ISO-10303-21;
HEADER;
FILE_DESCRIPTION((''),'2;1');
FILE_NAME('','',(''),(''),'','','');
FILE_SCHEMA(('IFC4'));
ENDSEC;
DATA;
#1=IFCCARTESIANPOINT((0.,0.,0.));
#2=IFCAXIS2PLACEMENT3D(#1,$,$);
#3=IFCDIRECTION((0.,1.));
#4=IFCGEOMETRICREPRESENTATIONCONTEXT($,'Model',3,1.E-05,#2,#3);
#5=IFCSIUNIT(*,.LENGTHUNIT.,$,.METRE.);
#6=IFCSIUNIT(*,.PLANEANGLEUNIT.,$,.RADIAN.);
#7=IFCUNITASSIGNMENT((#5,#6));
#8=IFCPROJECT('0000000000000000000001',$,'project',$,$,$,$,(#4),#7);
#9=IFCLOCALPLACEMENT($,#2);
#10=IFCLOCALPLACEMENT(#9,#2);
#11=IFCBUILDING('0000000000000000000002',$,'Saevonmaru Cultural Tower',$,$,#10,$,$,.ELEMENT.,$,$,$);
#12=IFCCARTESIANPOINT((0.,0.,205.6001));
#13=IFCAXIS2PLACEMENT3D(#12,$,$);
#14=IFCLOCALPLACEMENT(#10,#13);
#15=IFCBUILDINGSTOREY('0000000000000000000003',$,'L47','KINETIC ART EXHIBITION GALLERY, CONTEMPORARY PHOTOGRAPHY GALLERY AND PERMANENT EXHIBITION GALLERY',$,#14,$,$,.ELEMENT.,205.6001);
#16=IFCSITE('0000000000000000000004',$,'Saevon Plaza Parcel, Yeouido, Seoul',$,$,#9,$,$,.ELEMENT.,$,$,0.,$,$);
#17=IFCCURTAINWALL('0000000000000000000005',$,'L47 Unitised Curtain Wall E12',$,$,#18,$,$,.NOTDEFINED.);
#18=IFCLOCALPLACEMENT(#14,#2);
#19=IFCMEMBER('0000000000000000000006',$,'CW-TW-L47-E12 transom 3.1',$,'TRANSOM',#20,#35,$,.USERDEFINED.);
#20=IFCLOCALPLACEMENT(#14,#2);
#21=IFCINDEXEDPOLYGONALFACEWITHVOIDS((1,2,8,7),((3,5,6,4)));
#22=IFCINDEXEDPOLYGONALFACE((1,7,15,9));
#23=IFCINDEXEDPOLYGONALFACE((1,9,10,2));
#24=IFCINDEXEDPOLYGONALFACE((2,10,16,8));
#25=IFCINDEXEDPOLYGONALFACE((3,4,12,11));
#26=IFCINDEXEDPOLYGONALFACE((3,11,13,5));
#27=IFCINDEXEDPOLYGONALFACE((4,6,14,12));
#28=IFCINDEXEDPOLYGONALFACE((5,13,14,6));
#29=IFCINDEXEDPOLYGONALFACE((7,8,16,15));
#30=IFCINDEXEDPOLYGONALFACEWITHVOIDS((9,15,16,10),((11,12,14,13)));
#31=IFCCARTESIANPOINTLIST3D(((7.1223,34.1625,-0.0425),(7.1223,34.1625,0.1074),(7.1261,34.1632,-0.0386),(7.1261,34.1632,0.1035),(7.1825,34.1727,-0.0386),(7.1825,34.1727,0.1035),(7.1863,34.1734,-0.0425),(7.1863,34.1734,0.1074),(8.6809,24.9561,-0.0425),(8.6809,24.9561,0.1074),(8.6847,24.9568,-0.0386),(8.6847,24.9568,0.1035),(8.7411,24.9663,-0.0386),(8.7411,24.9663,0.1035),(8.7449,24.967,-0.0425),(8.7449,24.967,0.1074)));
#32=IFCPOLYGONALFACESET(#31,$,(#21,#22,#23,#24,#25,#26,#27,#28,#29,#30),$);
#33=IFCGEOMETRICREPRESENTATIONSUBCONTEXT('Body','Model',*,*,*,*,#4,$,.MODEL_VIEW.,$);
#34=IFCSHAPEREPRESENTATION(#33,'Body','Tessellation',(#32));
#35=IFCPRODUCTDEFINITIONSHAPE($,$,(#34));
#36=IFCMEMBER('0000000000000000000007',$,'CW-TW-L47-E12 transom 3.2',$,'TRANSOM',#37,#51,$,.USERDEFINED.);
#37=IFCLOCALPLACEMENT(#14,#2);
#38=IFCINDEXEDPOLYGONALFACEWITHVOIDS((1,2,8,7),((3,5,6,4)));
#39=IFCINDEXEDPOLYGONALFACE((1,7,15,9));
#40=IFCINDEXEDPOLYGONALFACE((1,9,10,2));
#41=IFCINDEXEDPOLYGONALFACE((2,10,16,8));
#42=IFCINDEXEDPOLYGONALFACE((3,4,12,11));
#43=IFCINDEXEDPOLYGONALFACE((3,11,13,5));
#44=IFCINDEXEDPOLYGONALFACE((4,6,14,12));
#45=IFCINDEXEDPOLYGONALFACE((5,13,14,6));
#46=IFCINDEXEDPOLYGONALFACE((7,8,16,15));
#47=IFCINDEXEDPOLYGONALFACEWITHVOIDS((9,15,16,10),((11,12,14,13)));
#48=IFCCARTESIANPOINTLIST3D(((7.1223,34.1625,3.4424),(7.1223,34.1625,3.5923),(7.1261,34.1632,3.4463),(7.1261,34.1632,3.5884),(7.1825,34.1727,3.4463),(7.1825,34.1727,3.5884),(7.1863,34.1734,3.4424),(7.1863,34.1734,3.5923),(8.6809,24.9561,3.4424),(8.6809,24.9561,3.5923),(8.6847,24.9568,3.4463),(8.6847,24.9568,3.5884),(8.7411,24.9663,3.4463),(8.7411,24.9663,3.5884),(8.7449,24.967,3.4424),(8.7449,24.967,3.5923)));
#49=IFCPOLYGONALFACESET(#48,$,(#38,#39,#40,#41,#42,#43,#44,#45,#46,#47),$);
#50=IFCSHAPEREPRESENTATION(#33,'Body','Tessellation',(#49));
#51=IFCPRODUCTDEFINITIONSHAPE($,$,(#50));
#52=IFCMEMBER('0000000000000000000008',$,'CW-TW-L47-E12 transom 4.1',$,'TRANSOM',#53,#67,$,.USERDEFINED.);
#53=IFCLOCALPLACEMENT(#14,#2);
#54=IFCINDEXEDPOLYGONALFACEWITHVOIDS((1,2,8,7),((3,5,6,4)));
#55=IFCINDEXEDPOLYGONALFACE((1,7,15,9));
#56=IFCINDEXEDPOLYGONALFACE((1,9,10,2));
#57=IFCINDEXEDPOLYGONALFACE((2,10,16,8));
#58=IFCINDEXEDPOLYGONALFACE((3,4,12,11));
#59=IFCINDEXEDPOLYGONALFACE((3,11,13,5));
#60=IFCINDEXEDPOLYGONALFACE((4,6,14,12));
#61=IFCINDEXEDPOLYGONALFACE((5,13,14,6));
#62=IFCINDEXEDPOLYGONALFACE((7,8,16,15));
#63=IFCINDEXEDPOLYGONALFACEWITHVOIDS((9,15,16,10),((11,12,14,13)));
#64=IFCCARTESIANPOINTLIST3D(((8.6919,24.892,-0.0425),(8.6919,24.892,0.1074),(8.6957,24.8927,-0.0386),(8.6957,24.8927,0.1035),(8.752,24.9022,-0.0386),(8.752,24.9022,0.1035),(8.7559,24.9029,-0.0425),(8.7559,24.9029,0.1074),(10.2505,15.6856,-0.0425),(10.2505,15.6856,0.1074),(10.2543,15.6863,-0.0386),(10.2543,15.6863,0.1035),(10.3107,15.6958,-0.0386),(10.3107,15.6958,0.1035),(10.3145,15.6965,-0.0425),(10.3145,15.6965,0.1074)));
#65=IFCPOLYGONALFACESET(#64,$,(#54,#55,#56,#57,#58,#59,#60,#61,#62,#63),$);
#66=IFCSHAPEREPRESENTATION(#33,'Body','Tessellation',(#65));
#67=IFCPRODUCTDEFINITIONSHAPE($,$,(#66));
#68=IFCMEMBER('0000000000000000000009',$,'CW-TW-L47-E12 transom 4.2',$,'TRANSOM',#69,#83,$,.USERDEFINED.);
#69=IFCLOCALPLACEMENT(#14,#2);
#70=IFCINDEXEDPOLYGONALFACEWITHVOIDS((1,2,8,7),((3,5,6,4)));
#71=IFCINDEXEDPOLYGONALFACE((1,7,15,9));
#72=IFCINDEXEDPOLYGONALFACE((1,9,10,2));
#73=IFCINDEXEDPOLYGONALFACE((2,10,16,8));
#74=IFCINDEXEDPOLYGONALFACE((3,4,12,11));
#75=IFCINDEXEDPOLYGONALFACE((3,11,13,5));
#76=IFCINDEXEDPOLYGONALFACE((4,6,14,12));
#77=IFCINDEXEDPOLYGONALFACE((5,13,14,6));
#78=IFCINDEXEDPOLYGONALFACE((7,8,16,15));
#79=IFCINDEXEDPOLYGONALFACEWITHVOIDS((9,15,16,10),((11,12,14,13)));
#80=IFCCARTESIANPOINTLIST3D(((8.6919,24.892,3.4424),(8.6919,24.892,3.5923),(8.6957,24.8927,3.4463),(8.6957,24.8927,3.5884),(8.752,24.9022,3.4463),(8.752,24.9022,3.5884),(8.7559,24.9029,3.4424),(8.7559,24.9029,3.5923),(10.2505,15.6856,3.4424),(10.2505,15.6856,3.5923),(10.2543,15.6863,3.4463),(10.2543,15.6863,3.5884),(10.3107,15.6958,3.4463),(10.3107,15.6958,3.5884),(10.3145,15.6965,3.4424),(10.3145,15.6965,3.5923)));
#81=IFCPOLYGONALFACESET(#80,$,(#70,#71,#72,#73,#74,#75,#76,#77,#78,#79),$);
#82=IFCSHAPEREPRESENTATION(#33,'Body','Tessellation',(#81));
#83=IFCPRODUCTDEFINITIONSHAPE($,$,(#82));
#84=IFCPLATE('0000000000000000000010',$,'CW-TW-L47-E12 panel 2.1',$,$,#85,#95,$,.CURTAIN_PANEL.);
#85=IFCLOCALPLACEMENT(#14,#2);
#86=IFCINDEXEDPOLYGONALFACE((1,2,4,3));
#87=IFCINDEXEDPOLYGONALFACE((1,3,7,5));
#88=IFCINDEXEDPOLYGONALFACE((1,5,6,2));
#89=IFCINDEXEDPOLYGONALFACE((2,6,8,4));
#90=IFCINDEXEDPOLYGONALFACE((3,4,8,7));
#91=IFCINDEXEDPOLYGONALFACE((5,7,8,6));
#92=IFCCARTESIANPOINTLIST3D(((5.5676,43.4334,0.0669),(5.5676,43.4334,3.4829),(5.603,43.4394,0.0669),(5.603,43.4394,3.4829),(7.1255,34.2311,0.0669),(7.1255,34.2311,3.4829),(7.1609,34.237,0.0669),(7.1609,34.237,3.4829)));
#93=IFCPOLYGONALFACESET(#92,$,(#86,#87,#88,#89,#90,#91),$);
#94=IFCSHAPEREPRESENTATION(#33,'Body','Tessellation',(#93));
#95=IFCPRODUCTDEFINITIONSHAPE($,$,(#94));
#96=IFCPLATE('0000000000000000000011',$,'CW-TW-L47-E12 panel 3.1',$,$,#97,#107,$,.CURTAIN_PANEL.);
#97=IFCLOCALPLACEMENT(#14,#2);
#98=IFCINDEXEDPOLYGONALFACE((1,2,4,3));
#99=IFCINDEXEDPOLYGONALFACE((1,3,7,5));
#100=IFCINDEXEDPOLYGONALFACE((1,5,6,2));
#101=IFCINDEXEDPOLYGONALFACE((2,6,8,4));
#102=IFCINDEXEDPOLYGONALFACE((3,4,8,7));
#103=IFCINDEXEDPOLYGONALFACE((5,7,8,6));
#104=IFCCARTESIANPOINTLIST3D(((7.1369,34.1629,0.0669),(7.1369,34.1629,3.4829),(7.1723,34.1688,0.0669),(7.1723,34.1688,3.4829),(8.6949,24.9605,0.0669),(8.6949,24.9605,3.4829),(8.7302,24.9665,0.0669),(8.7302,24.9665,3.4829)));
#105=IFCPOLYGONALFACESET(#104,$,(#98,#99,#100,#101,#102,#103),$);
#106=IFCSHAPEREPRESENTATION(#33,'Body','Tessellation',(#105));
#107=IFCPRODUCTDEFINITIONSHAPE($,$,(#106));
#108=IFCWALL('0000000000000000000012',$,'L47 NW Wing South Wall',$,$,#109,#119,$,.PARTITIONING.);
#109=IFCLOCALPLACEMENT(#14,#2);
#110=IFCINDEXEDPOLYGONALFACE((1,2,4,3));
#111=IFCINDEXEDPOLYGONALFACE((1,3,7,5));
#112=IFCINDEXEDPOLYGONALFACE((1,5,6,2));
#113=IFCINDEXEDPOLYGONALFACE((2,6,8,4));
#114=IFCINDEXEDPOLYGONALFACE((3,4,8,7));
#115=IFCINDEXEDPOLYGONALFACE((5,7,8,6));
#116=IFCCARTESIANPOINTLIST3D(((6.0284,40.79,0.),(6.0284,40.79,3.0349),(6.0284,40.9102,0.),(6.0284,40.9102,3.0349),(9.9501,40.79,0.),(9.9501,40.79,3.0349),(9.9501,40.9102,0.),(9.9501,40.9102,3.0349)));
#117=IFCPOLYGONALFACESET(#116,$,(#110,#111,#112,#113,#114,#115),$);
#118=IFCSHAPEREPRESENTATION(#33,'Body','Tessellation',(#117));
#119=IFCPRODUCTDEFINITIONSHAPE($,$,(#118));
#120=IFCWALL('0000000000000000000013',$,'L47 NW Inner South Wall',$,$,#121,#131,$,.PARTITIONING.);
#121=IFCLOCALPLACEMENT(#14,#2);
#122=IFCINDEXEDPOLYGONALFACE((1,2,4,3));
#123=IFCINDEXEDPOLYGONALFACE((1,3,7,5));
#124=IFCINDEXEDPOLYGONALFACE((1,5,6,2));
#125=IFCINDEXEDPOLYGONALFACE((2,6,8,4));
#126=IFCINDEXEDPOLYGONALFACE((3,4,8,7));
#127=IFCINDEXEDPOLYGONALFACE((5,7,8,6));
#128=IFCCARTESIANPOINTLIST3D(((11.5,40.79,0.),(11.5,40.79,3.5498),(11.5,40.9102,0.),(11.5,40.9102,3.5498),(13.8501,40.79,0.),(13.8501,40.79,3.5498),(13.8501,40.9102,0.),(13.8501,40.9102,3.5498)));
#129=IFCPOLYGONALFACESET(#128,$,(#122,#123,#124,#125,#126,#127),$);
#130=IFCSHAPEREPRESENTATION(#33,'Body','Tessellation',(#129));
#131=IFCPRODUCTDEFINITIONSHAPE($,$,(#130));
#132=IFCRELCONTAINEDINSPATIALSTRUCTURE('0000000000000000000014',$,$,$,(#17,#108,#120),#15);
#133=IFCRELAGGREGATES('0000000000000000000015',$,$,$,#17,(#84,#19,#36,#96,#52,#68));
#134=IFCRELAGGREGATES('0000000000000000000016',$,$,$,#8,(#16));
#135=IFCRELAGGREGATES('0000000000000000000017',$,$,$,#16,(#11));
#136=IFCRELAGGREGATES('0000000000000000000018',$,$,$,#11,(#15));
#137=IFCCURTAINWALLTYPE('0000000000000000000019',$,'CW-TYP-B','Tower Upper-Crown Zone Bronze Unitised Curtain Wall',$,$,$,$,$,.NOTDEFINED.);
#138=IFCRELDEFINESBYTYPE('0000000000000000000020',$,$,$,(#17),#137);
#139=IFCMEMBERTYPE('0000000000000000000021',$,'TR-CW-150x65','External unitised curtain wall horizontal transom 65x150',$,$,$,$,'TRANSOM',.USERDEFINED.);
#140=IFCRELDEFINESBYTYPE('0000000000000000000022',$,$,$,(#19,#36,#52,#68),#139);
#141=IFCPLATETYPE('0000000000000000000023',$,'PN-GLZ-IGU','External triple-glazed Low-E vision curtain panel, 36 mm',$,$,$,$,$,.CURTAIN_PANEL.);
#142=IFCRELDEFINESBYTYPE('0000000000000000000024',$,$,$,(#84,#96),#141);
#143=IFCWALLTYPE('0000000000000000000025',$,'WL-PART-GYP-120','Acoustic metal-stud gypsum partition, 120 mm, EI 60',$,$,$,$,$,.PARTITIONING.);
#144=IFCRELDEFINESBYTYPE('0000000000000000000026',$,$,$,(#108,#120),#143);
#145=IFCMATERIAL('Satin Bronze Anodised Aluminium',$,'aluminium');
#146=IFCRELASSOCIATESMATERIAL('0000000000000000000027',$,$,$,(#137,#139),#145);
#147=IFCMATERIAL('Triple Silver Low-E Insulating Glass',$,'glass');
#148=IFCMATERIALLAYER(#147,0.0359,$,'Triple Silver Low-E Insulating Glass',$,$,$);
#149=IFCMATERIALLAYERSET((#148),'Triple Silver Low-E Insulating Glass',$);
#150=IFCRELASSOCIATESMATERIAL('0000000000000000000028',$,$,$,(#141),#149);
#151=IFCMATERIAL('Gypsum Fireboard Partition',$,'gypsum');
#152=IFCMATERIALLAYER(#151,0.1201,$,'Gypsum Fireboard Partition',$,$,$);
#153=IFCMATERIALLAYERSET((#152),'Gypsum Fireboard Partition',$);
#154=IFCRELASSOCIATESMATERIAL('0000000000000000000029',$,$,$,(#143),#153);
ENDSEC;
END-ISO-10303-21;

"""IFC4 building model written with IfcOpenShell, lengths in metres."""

from ifc_helpers import new_model, si_unit, direction, frame, frame_2d, origin, origin_2d, place, context, subcontext, project, spatial, rectangle, hollow_rectangle, extrude, material, layer, layer_set, material_profile, profile_set, type_object, element, aggregate, save


model = new_model("IFC4")

# Units and contexts
model_context = context("Model", 3, precision=1e-05, world=origin(), true_north=direction((0.0, 1.0)))
body_context = subcontext(model_context, "Body", "Model", "MODEL_VIEW")
ifc_project = project(units=[si_unit("LENGTHUNIT", "METRE"), si_unit("PLANEANGLEUNIT", "RADIAN")], contexts=[model_context])

# Site, building, storey
site_placement = place(None, origin())
site = spatial("IfcSite", under=ifc_project, at=site_placement, Name="Saevon Plaza Parcel, Yeouido, Seoul", CompositionType="ELEMENT", RefElevation=0.0)
building_placement = place(site_placement, origin())
building = spatial("IfcBuilding", under=site, at=building_placement, Name="Saevonmaru Cultural Tower", CompositionType="ELEMENT")
storey_placement = place(building_placement, frame((0.0, 0.0, 205.6001)))
storey = spatial("IfcBuildingStorey", under=building, at=storey_placement, Name="L47", Description="KINETIC ART EXHIBITION GALLERY, CONTEMPORARY PHOTOGRAPHY GALLERY AND PERMANENT EXHIBITION GALLERY", CompositionType="ELEMENT", Elevation=205.6001)

# Curtain wall, members, plates
ifc_material_1 = material(Name="Satin Bronze Anodised Aluminium", Category="aluminium")
curtain_wall_type = type_object("IfcCurtainWallType", Name="CW-TYP-B", Description="Tower Upper-Crown Zone Bronze Unitised Curtain Wall", PredefinedType="NOTDEFINED", material=ifc_material_1)
curtain_wall_placement = place(storey_placement, origin())
curtain_wall = element("IfcCurtainWall", 1, at=curtain_wall_placement, inside=storey, type_object=curtain_wall_type, Name="L47 Unitised Curtain Wall E12", PredefinedType="NOTDEFINED")
ifc_material_profile_1 = material_profile(ifc_material_1, hollow_rectangle(XDim=0.0649, YDim=0.1499, WallThickness=0.0039, at=origin_2d()), Name="ALU-TRAN-150x65x4")
ifc_profile_set_1 = profile_set([ifc_material_profile_1], Name="Satin Bronze Anodised Aluminium")
member_type_1 = type_object("IfcMemberType", Name="TR-CW-150x65", Description="External unitised curtain wall horizontal transom 65x150", ElementType="TRANSOM", PredefinedType="USERDEFINED", material=ifc_profile_set_1)
member_1_placement = place(storey_placement, frame((7.1543, 34.168, 0.0325), z_axis=(0.166921, -0.98597, 0.0), x_axis=(0.98597, 0.166921, 0.0)))
member_1 = element("IfcMember", 2, at=member_1_placement, type_object=member_type_1, Name="CW-TW-L47-E12 transom 3.1", ObjectType="TRANSOM", PredefinedType="USERDEFINED", context=body_context, shape_type="SweptSolid", body=[
    extrude(hollow_rectangle(XDim=0.0649, YDim=0.1499, WallThickness=0.0039, at=origin_2d()), origin(), (0.0, 0.0, 1.0), 9.3374),
])
member_2_placement = place(storey_placement, frame((7.1543, 34.168, 3.5173), z_axis=(0.166921, -0.98597, 0.0), x_axis=(0.98597, 0.166921, 0.0)))
member_2 = element("IfcMember", 3, at=member_2_placement, type_object=member_type_1, Name="CW-TW-L47-E12 transom 3.2", ObjectType="TRANSOM", PredefinedType="USERDEFINED", context=body_context, shape_type="SweptSolid", body=[
    extrude(hollow_rectangle(XDim=0.0649, YDim=0.1499, WallThickness=0.0039, at=origin_2d()), origin(), (0.0, 0.0, 1.0), 9.3374),
])
member_3_placement = place(storey_placement, frame((8.7239, 24.8975, 0.0325), z_axis=(0.166921, -0.98597, 0.0), x_axis=(0.98597, 0.166921, 0.0)))
member_3 = element("IfcMember", 4, at=member_3_placement, type_object=member_type_1, Name="CW-TW-L47-E12 transom 4.1", ObjectType="TRANSOM", PredefinedType="USERDEFINED", context=body_context, shape_type="SweptSolid", body=[
    extrude(hollow_rectangle(XDim=0.0649, YDim=0.1499, WallThickness=0.0039, at=origin_2d()), origin(), (0.0, 0.0, 1.0), 9.3374),
])
member_4_placement = place(storey_placement, frame((8.7239, 24.8975, 3.5173), z_axis=(0.166921, -0.98597, 0.0), x_axis=(0.98597, 0.166921, 0.0)))
member_4 = element("IfcMember", 5, at=member_4_placement, type_object=member_type_1, Name="CW-TW-L47-E12 transom 4.2", ObjectType="TRANSOM", PredefinedType="USERDEFINED", context=body_context, shape_type="SweptSolid", body=[
    extrude(hollow_rectangle(XDim=0.0649, YDim=0.1499, WallThickness=0.0039, at=origin_2d()), origin(), (0.0, 0.0, 1.0), 9.3374),
])
ifc_material_2 = material(Name="Triple Silver Low-E Insulating Glass", Category="glass")
ifc_layer_1 = layer(ifc_material_2, 0.0359, Name="Triple Silver Low-E Insulating Glass")
ifc_layer_set_1 = layer_set([ifc_layer_1], Name="Triple Silver Low-E Insulating Glass")
plate_type = type_object("IfcPlateType", Name="PN-GLZ-IGU", Description="External triple-glazed Low-E vision curtain panel, 36 mm", PredefinedType="CURTAIN_PANEL", material=ifc_layer_set_1)
plate_1_placement = place(storey_placement, frame((6.3643, 38.8352, 0.0669), z_axis=(0.0, 0.0, 1.0), x_axis=(0.166922, -0.98597, 0.0)))
plate_1 = element("IfcPlate", 6, at=plate_1_placement, type_object=plate_type, Name="CW-TW-L47-E12 panel 2.1", PredefinedType="CURTAIN_PANEL", context=body_context, shape_type="SweptSolid", body=[
    extrude(rectangle(XDim=9.3333, YDim=0.0359, at=origin_2d()), origin(), (0.0, 0.0, 1.0), 3.416),
])
plate_2_placement = place(storey_placement, frame((7.9336, 29.5647, 0.0669), z_axis=(0.0, 0.0, 1.0), x_axis=(0.166922, -0.98597, 0.0)))
plate_2 = element("IfcPlate", 7, at=plate_2_placement, type_object=plate_type, Name="CW-TW-L47-E12 panel 3.1", PredefinedType="CURTAIN_PANEL", context=body_context, shape_type="SweptSolid", body=[
    extrude(rectangle(XDim=9.3333, YDim=0.0359, at=origin_2d()), origin(), (0.0, 0.0, 1.0), 3.416),
])
aggregate(curtain_wall, [plate_1, member_1, member_2, plate_2, member_3, member_4])

# Shared definitions
ifc_material_3 = material(Name="Gypsum Fireboard Partition", Category="gypsum")

# Walls
ifc_layer_2 = layer(ifc_material_3, 0.1201, Name="Gypsum Fireboard Partition")
ifc_layer_set_2 = layer_set([ifc_layer_2], Name="Gypsum Fireboard Partition")
wall_type_1 = type_object("IfcWallType", Name="WL-PART-GYP-120", Description="Acoustic metal-stud gypsum partition, 120 mm, EI 60", PredefinedType="PARTITIONING", material=ifc_layer_set_2)
wall_1_placement = place(storey_placement, frame((6.0283, 40.8501, 0.0), z_axis=(0.0, 0.0, 1.0), x_axis=(1.0, 0.0, 0.0)))
element("IfcWall", 8, at=wall_1_placement, inside=storey, type_object=wall_type_1, Name="L47 NW Wing South Wall", PredefinedType="PARTITIONING", context=body_context, shape_type="SweptSolid", body=[
    extrude(rectangle(XDim=3.9216, YDim=0.1201, at=frame_2d((1.9609, 0.0))), origin(), (0.0, 0.0, 1.0), 3.0349),
])
wall_2_placement = place(storey_placement, frame((11.5, 40.8501, 0.0), z_axis=(0.0, 0.0, 1.0), x_axis=(1.0, 0.0, 0.0)))
element("IfcWall", 9, at=wall_2_placement, inside=storey, type_object=wall_type_1, Name="L47 NW Inner South Wall", PredefinedType="PARTITIONING", context=body_context, shape_type="SweptSolid", body=[
    extrude(rectangle(XDim=2.3501, YDim=0.1201, at=frame_2d((1.175, 0.0))), origin(), (0.0, 0.0, 1.0), 3.5498),
])

save(model, "model.ifc")
